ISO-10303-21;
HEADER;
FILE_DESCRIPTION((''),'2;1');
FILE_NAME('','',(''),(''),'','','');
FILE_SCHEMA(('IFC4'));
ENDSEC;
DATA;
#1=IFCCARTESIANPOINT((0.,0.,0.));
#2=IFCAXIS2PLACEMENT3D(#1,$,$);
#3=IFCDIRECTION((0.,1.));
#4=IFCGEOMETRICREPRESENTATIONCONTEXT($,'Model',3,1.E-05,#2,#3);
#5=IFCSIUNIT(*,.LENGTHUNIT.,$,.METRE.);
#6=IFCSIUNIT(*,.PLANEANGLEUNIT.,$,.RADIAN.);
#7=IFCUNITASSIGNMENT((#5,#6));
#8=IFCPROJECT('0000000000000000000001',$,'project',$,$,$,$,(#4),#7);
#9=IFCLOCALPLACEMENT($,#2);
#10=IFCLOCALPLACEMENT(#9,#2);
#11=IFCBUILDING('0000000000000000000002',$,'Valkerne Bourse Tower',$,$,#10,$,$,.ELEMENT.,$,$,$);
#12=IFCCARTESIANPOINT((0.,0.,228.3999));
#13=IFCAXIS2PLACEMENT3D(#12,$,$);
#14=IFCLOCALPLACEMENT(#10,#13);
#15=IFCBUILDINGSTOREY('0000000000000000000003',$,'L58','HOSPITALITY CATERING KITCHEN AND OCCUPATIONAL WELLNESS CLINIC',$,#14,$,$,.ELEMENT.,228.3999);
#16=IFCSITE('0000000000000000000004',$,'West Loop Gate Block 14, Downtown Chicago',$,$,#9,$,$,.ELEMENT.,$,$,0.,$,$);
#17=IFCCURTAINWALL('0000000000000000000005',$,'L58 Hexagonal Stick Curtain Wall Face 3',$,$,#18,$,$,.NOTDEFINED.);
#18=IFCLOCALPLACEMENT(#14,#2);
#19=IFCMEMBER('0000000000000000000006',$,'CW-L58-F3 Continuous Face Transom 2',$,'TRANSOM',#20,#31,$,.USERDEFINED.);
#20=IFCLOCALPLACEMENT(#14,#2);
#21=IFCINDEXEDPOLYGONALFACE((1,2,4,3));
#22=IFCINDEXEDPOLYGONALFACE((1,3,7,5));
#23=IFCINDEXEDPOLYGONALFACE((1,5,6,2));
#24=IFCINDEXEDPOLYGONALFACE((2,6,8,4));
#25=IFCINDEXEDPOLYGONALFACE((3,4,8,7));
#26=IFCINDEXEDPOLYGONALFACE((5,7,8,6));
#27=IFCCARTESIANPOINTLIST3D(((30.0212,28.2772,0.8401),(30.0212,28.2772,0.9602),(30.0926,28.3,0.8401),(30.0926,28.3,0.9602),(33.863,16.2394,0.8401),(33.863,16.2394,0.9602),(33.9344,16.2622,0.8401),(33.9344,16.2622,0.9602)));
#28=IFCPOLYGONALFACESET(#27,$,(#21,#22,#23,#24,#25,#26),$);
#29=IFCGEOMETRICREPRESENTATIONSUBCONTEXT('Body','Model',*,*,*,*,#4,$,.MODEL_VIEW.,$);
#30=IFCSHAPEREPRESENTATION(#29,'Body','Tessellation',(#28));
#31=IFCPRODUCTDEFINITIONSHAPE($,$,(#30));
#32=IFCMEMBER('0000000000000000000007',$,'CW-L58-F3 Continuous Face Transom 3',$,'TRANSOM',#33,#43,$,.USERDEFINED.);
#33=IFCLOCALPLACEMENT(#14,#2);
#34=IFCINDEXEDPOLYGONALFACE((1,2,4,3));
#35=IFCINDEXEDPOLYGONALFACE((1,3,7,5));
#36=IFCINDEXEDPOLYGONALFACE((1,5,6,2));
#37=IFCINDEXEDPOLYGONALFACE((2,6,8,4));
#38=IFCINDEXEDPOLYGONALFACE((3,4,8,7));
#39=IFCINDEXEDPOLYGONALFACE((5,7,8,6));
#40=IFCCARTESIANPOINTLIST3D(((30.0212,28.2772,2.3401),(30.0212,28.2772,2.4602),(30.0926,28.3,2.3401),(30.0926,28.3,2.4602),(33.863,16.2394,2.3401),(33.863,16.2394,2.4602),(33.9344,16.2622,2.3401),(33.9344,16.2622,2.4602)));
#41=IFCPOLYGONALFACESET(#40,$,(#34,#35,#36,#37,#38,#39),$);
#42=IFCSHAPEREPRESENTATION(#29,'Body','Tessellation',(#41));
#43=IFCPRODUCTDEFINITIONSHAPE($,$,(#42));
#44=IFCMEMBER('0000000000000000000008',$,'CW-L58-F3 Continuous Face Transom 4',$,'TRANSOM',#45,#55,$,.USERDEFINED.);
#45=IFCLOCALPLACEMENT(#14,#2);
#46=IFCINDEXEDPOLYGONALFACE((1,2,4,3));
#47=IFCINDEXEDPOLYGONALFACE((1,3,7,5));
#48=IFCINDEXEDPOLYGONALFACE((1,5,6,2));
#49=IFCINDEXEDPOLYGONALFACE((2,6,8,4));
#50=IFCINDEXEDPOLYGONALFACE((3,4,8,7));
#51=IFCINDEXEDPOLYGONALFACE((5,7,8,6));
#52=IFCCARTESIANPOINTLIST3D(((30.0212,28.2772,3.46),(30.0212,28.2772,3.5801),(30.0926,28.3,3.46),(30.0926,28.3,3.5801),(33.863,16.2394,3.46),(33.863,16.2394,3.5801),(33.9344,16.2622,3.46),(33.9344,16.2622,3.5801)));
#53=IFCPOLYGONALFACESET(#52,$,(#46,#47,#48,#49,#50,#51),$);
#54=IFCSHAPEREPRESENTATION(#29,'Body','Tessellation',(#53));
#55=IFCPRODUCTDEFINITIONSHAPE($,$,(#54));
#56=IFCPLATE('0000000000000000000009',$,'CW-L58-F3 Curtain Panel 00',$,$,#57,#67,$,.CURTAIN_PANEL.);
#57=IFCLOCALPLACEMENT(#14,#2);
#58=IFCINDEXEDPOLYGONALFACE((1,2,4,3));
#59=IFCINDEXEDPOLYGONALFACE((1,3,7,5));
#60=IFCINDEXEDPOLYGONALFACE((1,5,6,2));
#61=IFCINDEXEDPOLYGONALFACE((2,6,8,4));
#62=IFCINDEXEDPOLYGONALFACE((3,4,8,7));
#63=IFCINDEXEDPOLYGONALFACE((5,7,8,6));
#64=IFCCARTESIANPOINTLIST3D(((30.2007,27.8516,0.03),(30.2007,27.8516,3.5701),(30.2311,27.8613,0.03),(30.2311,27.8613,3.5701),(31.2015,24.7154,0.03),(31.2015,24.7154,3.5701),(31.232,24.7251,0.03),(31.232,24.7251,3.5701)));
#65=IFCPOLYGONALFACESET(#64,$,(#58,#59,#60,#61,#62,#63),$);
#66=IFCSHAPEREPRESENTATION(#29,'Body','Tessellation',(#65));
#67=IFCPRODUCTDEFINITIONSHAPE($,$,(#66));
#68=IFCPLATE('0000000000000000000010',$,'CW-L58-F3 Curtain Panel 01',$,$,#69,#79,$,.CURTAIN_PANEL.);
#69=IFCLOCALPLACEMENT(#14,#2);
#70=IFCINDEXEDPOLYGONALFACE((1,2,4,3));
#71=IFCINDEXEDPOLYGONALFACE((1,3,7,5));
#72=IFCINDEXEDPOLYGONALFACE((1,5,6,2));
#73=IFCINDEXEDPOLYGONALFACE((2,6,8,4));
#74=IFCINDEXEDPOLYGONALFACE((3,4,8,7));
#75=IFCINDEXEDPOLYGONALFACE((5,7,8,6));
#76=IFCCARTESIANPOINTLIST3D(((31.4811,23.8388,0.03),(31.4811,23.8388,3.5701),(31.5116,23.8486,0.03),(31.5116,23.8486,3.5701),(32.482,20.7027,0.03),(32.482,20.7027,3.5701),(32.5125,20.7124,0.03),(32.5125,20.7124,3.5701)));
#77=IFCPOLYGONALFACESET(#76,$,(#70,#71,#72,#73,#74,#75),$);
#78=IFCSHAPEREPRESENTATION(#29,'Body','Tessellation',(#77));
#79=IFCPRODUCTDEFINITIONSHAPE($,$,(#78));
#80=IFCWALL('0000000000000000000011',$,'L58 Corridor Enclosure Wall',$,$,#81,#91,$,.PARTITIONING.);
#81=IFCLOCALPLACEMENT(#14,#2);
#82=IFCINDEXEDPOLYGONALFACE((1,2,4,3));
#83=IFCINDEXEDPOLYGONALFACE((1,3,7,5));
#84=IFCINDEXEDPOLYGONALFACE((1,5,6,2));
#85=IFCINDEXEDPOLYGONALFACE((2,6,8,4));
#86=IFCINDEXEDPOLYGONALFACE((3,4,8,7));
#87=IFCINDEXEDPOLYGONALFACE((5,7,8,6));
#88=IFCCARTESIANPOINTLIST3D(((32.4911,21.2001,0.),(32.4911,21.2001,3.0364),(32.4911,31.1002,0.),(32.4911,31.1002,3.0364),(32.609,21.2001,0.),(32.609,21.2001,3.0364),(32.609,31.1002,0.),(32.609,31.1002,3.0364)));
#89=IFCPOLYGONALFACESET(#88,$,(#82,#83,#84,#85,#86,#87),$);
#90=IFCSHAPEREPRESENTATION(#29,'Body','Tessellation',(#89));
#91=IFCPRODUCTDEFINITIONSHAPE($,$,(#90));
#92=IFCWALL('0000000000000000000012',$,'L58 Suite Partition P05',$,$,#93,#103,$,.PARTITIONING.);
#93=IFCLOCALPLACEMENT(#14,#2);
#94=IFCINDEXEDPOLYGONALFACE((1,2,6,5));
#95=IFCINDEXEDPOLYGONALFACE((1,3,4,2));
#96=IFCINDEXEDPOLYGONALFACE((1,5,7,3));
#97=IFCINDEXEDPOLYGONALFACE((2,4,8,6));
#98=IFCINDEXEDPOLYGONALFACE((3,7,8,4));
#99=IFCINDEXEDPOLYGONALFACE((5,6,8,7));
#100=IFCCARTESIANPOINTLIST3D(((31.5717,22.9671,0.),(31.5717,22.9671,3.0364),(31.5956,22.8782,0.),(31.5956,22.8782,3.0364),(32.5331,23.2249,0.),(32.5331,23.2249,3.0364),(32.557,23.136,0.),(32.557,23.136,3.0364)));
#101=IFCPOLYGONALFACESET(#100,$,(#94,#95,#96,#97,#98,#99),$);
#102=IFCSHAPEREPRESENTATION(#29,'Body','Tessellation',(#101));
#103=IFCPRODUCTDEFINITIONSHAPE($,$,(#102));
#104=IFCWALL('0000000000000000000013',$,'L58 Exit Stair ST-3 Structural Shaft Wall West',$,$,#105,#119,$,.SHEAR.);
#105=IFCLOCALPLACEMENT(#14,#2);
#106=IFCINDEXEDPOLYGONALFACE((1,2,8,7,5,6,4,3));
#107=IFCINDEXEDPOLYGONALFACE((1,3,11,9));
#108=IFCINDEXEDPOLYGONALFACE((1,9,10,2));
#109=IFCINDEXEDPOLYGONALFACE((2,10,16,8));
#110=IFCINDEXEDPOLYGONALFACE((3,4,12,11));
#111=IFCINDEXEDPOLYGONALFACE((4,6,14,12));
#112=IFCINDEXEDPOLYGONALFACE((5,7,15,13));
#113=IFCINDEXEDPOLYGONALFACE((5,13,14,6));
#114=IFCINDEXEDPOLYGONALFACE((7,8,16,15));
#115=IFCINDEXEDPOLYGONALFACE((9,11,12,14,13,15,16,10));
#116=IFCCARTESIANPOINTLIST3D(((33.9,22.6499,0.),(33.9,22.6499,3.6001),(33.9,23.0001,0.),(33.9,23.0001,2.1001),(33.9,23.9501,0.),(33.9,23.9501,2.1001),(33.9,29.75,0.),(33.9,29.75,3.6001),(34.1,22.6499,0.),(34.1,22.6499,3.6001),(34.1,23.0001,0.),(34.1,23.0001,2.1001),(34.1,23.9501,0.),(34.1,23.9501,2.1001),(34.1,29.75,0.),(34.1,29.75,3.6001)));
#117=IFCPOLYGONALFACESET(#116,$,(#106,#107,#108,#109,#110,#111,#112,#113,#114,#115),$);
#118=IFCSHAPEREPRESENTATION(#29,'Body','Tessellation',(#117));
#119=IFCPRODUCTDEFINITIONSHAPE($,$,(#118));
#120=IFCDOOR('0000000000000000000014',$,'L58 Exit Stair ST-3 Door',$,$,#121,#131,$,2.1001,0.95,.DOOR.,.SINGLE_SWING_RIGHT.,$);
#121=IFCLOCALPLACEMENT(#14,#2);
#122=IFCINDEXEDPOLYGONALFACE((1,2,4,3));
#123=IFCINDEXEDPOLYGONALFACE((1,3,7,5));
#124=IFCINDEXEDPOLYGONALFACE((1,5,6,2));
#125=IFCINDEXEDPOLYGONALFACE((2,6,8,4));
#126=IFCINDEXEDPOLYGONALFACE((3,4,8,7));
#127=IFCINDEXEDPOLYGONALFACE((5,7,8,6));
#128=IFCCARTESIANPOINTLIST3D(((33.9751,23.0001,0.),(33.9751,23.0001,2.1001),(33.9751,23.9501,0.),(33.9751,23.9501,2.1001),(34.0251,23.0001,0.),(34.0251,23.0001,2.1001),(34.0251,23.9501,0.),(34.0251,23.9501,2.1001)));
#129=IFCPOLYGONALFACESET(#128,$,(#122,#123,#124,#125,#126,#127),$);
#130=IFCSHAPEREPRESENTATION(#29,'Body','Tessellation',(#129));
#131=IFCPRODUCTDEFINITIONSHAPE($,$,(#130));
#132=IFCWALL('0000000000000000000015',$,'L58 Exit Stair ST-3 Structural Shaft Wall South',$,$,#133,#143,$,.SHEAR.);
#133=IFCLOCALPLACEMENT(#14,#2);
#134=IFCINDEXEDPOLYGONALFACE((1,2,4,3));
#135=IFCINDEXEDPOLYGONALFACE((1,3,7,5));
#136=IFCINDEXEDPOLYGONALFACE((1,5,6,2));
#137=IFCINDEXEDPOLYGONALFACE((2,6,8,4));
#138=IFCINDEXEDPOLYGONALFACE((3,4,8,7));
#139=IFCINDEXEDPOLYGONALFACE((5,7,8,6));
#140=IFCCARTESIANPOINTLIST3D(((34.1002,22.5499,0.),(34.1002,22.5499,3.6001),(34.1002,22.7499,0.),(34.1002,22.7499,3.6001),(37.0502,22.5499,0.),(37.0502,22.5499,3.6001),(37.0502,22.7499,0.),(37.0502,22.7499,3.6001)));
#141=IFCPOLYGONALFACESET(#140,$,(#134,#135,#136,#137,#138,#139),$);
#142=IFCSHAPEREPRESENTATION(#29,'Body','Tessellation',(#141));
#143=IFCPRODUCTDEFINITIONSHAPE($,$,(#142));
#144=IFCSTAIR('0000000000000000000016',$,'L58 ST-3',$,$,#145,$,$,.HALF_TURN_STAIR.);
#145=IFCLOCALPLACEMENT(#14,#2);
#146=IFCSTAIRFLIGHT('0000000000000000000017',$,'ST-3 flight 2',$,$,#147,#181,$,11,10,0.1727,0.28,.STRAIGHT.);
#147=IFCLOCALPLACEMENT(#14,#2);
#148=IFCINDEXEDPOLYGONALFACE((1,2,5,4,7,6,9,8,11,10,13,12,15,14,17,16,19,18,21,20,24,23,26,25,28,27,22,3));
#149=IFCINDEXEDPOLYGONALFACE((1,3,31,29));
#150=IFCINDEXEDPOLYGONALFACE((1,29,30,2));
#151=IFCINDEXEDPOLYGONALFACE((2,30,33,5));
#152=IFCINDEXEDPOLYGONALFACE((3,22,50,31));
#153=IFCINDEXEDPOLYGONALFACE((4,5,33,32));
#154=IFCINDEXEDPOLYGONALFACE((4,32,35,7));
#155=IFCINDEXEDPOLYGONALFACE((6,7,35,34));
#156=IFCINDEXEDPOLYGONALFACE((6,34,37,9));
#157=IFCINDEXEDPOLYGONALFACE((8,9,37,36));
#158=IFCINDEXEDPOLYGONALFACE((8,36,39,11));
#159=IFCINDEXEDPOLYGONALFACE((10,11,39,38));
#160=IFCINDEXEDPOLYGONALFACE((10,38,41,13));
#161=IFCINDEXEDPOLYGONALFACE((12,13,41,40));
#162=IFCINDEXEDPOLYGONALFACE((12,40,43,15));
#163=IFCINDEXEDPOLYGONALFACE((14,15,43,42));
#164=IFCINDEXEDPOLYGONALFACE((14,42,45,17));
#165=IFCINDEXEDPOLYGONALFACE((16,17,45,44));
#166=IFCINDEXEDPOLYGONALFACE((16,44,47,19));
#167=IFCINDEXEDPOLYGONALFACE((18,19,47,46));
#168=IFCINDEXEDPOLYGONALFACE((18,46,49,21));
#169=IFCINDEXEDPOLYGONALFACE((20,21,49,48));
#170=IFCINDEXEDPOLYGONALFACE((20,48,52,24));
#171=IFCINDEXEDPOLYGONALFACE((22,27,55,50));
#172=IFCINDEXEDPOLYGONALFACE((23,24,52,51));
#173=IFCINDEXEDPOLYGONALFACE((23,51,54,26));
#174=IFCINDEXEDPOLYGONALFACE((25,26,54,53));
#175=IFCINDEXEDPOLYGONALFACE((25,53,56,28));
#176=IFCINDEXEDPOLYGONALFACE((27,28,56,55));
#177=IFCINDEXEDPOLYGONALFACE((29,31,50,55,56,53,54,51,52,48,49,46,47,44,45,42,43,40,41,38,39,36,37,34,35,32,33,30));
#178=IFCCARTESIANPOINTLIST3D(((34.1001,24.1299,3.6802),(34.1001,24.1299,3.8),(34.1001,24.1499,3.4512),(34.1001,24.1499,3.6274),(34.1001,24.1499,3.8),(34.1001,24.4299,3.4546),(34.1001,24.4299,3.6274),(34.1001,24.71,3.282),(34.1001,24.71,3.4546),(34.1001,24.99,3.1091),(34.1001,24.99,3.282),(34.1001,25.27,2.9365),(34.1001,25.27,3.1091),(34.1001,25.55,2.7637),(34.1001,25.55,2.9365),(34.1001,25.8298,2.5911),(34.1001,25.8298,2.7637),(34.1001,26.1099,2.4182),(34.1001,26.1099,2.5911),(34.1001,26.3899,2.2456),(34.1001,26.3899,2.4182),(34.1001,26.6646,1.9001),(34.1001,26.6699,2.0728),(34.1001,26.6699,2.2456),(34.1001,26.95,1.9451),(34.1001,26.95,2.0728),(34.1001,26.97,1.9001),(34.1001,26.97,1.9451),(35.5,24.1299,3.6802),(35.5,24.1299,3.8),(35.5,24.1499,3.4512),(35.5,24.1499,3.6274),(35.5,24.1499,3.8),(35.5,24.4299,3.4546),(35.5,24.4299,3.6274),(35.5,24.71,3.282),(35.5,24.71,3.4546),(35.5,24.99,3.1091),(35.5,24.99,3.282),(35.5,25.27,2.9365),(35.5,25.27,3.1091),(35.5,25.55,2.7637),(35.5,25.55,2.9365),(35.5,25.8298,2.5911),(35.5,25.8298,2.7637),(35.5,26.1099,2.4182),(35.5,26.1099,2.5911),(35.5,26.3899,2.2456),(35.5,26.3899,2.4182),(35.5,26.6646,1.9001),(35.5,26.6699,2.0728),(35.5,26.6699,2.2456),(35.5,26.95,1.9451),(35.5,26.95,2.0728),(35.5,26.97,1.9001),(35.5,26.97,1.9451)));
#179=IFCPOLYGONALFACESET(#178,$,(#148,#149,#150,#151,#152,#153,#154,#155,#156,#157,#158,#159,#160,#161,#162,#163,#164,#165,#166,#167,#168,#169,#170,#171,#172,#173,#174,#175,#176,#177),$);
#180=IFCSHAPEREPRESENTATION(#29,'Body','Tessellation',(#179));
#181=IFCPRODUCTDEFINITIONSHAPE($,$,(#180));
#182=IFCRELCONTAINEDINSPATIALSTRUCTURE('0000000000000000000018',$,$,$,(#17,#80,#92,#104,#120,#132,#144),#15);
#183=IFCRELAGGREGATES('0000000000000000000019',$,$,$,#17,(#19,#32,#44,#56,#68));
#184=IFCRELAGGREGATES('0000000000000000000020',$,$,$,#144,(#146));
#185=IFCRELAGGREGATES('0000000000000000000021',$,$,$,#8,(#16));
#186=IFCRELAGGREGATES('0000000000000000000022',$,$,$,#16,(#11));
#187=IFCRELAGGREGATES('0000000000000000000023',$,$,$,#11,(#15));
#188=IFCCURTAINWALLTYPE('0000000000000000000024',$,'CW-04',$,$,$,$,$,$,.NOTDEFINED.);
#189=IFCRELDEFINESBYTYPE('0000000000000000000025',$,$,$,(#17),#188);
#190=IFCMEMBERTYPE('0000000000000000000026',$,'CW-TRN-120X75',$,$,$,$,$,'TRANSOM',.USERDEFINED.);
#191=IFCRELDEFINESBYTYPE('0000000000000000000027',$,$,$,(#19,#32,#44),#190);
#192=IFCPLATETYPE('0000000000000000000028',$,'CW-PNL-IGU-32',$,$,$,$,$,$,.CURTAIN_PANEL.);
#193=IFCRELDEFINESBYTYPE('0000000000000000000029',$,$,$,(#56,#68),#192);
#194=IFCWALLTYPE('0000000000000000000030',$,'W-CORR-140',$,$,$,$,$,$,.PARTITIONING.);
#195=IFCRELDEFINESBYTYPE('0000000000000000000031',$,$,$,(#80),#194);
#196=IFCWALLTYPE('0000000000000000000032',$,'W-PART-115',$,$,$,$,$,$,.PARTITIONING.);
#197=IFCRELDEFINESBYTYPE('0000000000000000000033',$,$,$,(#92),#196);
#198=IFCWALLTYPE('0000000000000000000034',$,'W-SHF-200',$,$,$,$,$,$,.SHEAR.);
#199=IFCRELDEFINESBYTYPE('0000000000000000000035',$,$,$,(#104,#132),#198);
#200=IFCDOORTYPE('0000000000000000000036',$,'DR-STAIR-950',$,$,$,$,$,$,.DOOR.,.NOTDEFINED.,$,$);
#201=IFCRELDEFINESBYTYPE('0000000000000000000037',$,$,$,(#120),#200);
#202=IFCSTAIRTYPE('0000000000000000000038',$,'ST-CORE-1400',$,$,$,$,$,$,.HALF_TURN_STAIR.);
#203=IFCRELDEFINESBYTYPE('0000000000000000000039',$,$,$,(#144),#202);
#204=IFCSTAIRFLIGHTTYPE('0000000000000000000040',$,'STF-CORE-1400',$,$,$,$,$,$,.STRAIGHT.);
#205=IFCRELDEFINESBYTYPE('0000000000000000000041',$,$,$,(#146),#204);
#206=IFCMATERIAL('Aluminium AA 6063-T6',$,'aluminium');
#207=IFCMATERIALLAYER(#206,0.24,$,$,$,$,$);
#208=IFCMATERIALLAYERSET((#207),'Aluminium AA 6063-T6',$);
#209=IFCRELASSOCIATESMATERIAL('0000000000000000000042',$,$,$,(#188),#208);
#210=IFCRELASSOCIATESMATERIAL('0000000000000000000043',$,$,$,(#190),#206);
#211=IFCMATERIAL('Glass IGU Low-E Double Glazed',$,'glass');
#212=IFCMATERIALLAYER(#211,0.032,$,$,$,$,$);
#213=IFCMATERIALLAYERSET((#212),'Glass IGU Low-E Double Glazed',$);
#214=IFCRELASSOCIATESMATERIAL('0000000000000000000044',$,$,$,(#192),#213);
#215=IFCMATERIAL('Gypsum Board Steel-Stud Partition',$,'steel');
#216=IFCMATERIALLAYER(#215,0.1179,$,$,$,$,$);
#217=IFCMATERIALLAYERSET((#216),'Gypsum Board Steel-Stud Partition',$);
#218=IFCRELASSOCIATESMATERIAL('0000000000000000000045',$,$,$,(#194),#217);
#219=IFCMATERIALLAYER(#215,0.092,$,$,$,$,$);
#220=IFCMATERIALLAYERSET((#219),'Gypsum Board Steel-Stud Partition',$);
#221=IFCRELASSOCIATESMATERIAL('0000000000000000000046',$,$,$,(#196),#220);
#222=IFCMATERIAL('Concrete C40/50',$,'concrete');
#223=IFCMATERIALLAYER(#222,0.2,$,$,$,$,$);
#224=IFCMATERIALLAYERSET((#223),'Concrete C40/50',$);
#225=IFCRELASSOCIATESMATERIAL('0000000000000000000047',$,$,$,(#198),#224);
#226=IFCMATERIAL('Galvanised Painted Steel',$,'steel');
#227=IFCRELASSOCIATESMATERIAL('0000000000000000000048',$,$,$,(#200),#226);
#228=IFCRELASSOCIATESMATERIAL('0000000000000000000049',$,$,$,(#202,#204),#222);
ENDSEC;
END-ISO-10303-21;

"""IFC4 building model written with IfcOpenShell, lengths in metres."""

from ifc_helpers import new_model, si_unit, direction, frame, frame_2d, origin, origin_2d, place, context, subcontext, project, spatial, polyline, rectangle, outline, extrude, material, layer, layer_set, material_profile, profile_set, type_object, element, fill, aggregate, save


model = new_model("IFC4")

# Units and contexts
model_context = context("Model", 3, precision=1e-05, world=origin(), true_north=direction((0.0, 1.0)))
body_context = subcontext(model_context, "Body", "Model", "MODEL_VIEW")
ifc_project = project(units=[si_unit("LENGTHUNIT", "METRE"), si_unit("PLANEANGLEUNIT", "RADIAN")], contexts=[model_context])

# Site, building, storey
site_placement = place(None, origin())
site = spatial("IfcSite", under=ifc_project, at=site_placement, Name="West Loop Gate Block 14, Downtown Chicago", CompositionType="ELEMENT", RefElevation=0.0)
building_placement = place(site_placement, origin())
building = spatial("IfcBuilding", under=site, at=building_placement, Name="Valkerne Bourse Tower", CompositionType="ELEMENT")
storey_placement = place(building_placement, frame((0.0, 0.0, 228.3999)))
storey = spatial("IfcBuildingStorey", under=building, at=storey_placement, Name="L58", Description="HOSPITALITY CATERING KITCHEN AND OCCUPATIONAL WELLNESS CLINIC", CompositionType="ELEMENT", Elevation=228.3999)

# Curtain wall, members, plates
ifc_material_1 = material(Name="Aluminium AA 6063-T6", Category="aluminium")
ifc_layer_1 = layer(ifc_material_1, 0.24)
ifc_layer_set_1 = layer_set([ifc_layer_1], Name="Aluminium AA 6063-T6")
curtain_wall_type = type_object("IfcCurtainWallType", Name="CW-04", PredefinedType="NOTDEFINED", material=ifc_layer_set_1)
curtain_wall_placement = place(storey_placement, origin())
curtain_wall = element("IfcCurtainWall", 1, at=curtain_wall_placement, inside=storey, type_object=curtain_wall_type, Name="L58 Hexagonal Stick Curtain Wall Face 3", PredefinedType="NOTDEFINED")
ifc_material_profile_1 = material_profile(ifc_material_1, rectangle(XDim=0.075, YDim=0.1201, at=origin_2d()), Name="CWT-75X120")
ifc_profile_set_1 = profile_set([ifc_material_profile_1], Name="Aluminium AA 6063-T6")
member_type_1 = type_object("IfcMemberType", Name="CW-TRN-120X75", ElementType="TRANSOM", PredefinedType="USERDEFINED", material=ifc_profile_set_1)
member_1_placement = place(storey_placement, frame((30.0569, 28.2886, 0.9001), z_axis=(0.304035, -0.952661, 0.0), x_axis=(0.952661, 0.304035, 0.0)))
member_1 = element("IfcMember", 2, at=member_1_placement, type_object=member_type_1, Name="CW-L58-F3 Continuous Face Transom 2", ObjectType="TRANSOM", PredefinedType="USERDEFINED", context=body_context, shape_type="SweptSolid", body=[
    extrude(rectangle(XDim=0.075, YDim=0.1201, at=origin_2d()), origin(), (0.0, 0.0, 1.0), 12.636),
])
member_2_placement = place(storey_placement, frame((30.0569, 28.2886, 2.4001), z_axis=(0.304035, -0.952661, 0.0), x_axis=(0.952661, 0.304035, 0.0)))
member_2 = element("IfcMember", 3, at=member_2_placement, type_object=member_type_1, Name="CW-L58-F3 Continuous Face Transom 3", ObjectType="TRANSOM", PredefinedType="USERDEFINED", context=body_context, shape_type="SweptSolid", body=[
    extrude(rectangle(XDim=0.075, YDim=0.1201, at=origin_2d()), origin(), (0.0, 0.0, 1.0), 12.636),
])
member_3_placement = place(storey_placement, frame((30.0569, 28.2886, 3.52), z_axis=(0.304035, -0.952661, 0.0), x_axis=(0.952661, 0.304035, 0.0)))
member_3 = element("IfcMember", 4, at=member_3_placement, type_object=member_type_1, Name="CW-L58-F3 Continuous Face Transom 4", ObjectType="TRANSOM", PredefinedType="USERDEFINED", context=body_context, shape_type="SweptSolid", body=[
    extrude(rectangle(XDim=0.075, YDim=0.1201, at=origin_2d()), origin(), (0.0, 0.0, 1.0), 12.636),
])
ifc_material_2 = material(Name="Glass IGU Low-E Double Glazed", Category="glass")
ifc_layer_2 = layer(ifc_material_2, 0.032)
ifc_layer_set_2 = layer_set([ifc_layer_2], Name="Glass IGU Low-E Double Glazed")
plate_type = type_object("IfcPlateType", Name="CW-PNL-IGU-32", PredefinedType="CURTAIN_PANEL", material=ifc_layer_set_2)
plate_1_placement = place(storey_placement, frame((30.7163, 26.2883, 0.03), z_axis=(0.0, 0.0, 1.0), x_axis=(0.304015, -0.952667, 0.0)))
plate_1 = element("IfcPlate", 5, at=plate_1_placement, type_object=plate_type, Name="CW-L58-F3 Curtain Panel 00", PredefinedType="CURTAIN_PANEL", context=body_context, shape_type="SweptSolid", body=[
    extrude(rectangle(XDim=3.292, YDim=0.032, at=origin_2d()), origin(), (0.0, 0.0, 1.0), 3.54),
])
plate_2_placement = place(storey_placement, frame((31.9968, 22.2756, 0.03), z_axis=(0.0, 0.0, 1.0), x_axis=(0.304037, -0.95266, 0.0)))
plate_2 = element("IfcPlate", 6, at=plate_2_placement, type_object=plate_type, Name="CW-L58-F3 Curtain Panel 01", PredefinedType="CURTAIN_PANEL", context=body_context, shape_type="SweptSolid", body=[
    extrude(rectangle(XDim=3.292, YDim=0.032, at=origin_2d()), origin(), (0.0, 0.0, 1.0), 3.54),
])
aggregate(curtain_wall, [member_1, member_2, member_3, plate_1, plate_2])

# Walls
ifc_material_3 = material(Name="Gypsum Board Steel-Stud Partition", Category="steel")
ifc_layer_3 = layer(ifc_material_3, 0.1179)
ifc_layer_set_3 = layer_set([ifc_layer_3], Name="Gypsum Board Steel-Stud Partition")
wall_type_1 = type_object("IfcWallType", Name="W-CORR-140", PredefinedType="PARTITIONING", material=ifc_layer_set_3)
wall_1_placement = place(storey_placement, frame((32.55, 21.2, 0.0), z_axis=(0.0, 0.0, 1.0), x_axis=(0.0, 1.0, 0.0)))
element("IfcWall", 7, at=wall_1_placement, inside=storey, type_object=wall_type_1, Name="L58 Corridor Enclosure Wall", PredefinedType="PARTITIONING", context=body_context, shape_type="SweptSolid", body=[
    extrude(rectangle(XDim=9.9001, YDim=0.1179, at=frame_2d((4.9502, 0.0))), origin(), (0.0, 0.0, 1.0), 3.0364),
])
ifc_layer_4 = layer(ifc_material_3, 0.092)
ifc_layer_set_4 = layer_set([ifc_layer_4], Name="Gypsum Board Steel-Stud Partition")
wall_type_2 = type_object("IfcWallType", Name="W-PART-115", PredefinedType="PARTITIONING", material=ifc_layer_set_4)
wall_2_placement = place(storey_placement, frame((32.5449, 23.1804, 0.0), z_axis=(0.0, 0.0, 1.0), x_axis=(-0.965876, -0.259006, 0.0)))
element("IfcWall", 8, at=wall_2_placement, inside=storey, type_object=wall_type_2, Name="L58 Suite Partition P05", PredefinedType="PARTITIONING", context=body_context, shape_type="SweptSolid", body=[
    extrude(rectangle(XDim=0.9954, YDim=0.092, at=frame_2d((0.4976, 0.0))), origin(), (0.0, 0.0, 1.0), 3.0364),
])

# Wall, opening, door
ifc_material_4 = material(Name="Concrete C40/50", Category="concrete")
ifc_layer_5 = layer(ifc_material_4, 0.2)
ifc_layer_set_5 = layer_set([ifc_layer_5], Name="Concrete C40/50")
wall_type_3 = type_object("IfcWallType", Name="W-SHF-200", PredefinedType="SHEAR", material=ifc_layer_set_5)
wall_3_placement = place(storey_placement, frame((34.0, 22.6499, 0.0), z_axis=(0.0, 0.0, 1.0), x_axis=(0.0, 1.0, 0.0)))
wall_3 = element("IfcWall", 9, at=wall_3_placement, inside=storey, type_object=wall_type_3, Name="L58 Exit Stair ST-3 Structural Shaft Wall West", PredefinedType="SHEAR", context=body_context, shape_type="SweptSolid", body=[
    extrude(rectangle(XDim=7.1001, YDim=0.2, at=frame_2d((3.55, 0.0))), origin(), (0.0, 0.0, 1.0), 3.6001),
])
opening_placement = place(wall_3_placement, frame((0.3501, 0.0, 0.0)))
opening = element("IfcOpeningElement", 10, at=opening_placement, cuts=wall_3, PredefinedType="OPENING", context=body_context, shape_type="SweptSolid", body=[
    extrude(rectangle(XDim=0.95, YDim=2.1001, at=frame_2d((0.4751, 1.05))), frame((0.0, 0.1099, 0.0), z_axis=(0.0, -1.0, 0.0), x_axis=(1.0, 0.0, 0.0)), (0.0, 0.0, 1.0), 0.22),
])
ifc_material_5 = material(Name="Galvanised Painted Steel", Category="steel")
door_type = type_object("IfcDoorType", Name="DR-STAIR-950", OperationType="NOTDEFINED", PredefinedType="DOOR", material=ifc_material_5)
door_placement = place(opening_placement, origin())
door = element("IfcDoor", 11, at=door_placement, inside=storey, type_object=door_type, Name="L58 Exit Stair ST-3 Door", OperationType="SINGLE_SWING_RIGHT", OverallHeight=2.1001, OverallWidth=0.95, PredefinedType="DOOR", context=body_context, shape_type="SweptSolid", body=[
    extrude(rectangle(XDim=0.95, YDim=2.1001, at=frame_2d((0.4751, 1.05))), frame((0.0, 0.0249, 0.0), z_axis=(0.0, -1.0, 0.0), x_axis=(1.0, 0.0, 0.0)), (0.0, 0.0, 1.0), 0.05),
])
fill(opening, door)

# Wall
wall_4_placement = place(storey_placement, frame((34.1001, 22.6499, 0.0), z_axis=(0.0, 0.0, 1.0), x_axis=(1.0, 0.0, 0.0)))
element("IfcWall", 12, at=wall_4_placement, inside=storey, type_object=wall_type_3, Name="L58 Exit Stair ST-3 Structural Shaft Wall South", PredefinedType="SHEAR", context=body_context, shape_type="SweptSolid", body=[
    extrude(rectangle(XDim=2.95, YDim=0.2, at=frame_2d((1.4751, 0.0))), origin(), (0.0, 0.0, 1.0), 3.6001),
])

# Stair, stair flight
stair_type = type_object("IfcStairType", Name="ST-CORE-1400", PredefinedType="HALF_TURN_STAIR", material=ifc_material_4)
stair_placement = place(storey_placement, origin())
stair = element("IfcStair", 13, at=stair_placement, inside=storey, type_object=stair_type, Name="L58 ST-3", PredefinedType="HALF_TURN_STAIR")
stair_flight_type = type_object("IfcStairFlightType", Name="STF-CORE-1400", PredefinedType="STRAIGHT", material=ifc_material_4)
stair_flight_placement = place(storey_placement, frame((34.8, 26.95, 1.9001), z_axis=(0.0, 0.0, 1.0), x_axis=(0.0, -1.0, 0.0)))
stair_flight = element("IfcStairFlight", 14, at=stair_flight_placement, type_object=stair_flight_type, Name="ST-3 flight 2", NumberOfRisers=11, NumberOfTreads=10, PredefinedType="STRAIGHT", RiserHeight=0.1727, TreadLength=0.28, context=body_context, shape_type="SweptSolid", body=[
    extrude(outline(polyline([(-0.02, 0.0), (-0.02, 0.0449), (0.0, 0.0449), (0.0, 0.1726), (0.28, 0.1726), (0.28, 0.3455), (0.5601, 0.3455), (0.5601, 0.5181), (0.8401, 0.5181), (0.8401, 0.6909), (1.1201, 0.6909), (1.1201, 0.8635), (1.3999, 0.8635), (1.3999, 1.0364), (1.6799, 1.0364), (1.6799, 1.209), (1.96, 1.209), (1.96, 1.3818), (2.24, 1.3818), (2.24, 1.5544), (2.52, 1.5544), (2.52, 1.7273), (2.8, 1.7273), (2.8, 1.8999), (2.8201, 1.8999), (2.8201, 1.78), (2.8, 1.551), (0.2854, 0.0), (-0.02, 0.0)])), frame((0.0, 0.7, 0.0), z_axis=(0.0, -1.0, 0.0), x_axis=(1.0, 0.0, 0.0)), (0.0, 0.0, 1.0), 1.3999),
])
aggregate(stair, [stair_flight])

save(model, "model.ifc")
